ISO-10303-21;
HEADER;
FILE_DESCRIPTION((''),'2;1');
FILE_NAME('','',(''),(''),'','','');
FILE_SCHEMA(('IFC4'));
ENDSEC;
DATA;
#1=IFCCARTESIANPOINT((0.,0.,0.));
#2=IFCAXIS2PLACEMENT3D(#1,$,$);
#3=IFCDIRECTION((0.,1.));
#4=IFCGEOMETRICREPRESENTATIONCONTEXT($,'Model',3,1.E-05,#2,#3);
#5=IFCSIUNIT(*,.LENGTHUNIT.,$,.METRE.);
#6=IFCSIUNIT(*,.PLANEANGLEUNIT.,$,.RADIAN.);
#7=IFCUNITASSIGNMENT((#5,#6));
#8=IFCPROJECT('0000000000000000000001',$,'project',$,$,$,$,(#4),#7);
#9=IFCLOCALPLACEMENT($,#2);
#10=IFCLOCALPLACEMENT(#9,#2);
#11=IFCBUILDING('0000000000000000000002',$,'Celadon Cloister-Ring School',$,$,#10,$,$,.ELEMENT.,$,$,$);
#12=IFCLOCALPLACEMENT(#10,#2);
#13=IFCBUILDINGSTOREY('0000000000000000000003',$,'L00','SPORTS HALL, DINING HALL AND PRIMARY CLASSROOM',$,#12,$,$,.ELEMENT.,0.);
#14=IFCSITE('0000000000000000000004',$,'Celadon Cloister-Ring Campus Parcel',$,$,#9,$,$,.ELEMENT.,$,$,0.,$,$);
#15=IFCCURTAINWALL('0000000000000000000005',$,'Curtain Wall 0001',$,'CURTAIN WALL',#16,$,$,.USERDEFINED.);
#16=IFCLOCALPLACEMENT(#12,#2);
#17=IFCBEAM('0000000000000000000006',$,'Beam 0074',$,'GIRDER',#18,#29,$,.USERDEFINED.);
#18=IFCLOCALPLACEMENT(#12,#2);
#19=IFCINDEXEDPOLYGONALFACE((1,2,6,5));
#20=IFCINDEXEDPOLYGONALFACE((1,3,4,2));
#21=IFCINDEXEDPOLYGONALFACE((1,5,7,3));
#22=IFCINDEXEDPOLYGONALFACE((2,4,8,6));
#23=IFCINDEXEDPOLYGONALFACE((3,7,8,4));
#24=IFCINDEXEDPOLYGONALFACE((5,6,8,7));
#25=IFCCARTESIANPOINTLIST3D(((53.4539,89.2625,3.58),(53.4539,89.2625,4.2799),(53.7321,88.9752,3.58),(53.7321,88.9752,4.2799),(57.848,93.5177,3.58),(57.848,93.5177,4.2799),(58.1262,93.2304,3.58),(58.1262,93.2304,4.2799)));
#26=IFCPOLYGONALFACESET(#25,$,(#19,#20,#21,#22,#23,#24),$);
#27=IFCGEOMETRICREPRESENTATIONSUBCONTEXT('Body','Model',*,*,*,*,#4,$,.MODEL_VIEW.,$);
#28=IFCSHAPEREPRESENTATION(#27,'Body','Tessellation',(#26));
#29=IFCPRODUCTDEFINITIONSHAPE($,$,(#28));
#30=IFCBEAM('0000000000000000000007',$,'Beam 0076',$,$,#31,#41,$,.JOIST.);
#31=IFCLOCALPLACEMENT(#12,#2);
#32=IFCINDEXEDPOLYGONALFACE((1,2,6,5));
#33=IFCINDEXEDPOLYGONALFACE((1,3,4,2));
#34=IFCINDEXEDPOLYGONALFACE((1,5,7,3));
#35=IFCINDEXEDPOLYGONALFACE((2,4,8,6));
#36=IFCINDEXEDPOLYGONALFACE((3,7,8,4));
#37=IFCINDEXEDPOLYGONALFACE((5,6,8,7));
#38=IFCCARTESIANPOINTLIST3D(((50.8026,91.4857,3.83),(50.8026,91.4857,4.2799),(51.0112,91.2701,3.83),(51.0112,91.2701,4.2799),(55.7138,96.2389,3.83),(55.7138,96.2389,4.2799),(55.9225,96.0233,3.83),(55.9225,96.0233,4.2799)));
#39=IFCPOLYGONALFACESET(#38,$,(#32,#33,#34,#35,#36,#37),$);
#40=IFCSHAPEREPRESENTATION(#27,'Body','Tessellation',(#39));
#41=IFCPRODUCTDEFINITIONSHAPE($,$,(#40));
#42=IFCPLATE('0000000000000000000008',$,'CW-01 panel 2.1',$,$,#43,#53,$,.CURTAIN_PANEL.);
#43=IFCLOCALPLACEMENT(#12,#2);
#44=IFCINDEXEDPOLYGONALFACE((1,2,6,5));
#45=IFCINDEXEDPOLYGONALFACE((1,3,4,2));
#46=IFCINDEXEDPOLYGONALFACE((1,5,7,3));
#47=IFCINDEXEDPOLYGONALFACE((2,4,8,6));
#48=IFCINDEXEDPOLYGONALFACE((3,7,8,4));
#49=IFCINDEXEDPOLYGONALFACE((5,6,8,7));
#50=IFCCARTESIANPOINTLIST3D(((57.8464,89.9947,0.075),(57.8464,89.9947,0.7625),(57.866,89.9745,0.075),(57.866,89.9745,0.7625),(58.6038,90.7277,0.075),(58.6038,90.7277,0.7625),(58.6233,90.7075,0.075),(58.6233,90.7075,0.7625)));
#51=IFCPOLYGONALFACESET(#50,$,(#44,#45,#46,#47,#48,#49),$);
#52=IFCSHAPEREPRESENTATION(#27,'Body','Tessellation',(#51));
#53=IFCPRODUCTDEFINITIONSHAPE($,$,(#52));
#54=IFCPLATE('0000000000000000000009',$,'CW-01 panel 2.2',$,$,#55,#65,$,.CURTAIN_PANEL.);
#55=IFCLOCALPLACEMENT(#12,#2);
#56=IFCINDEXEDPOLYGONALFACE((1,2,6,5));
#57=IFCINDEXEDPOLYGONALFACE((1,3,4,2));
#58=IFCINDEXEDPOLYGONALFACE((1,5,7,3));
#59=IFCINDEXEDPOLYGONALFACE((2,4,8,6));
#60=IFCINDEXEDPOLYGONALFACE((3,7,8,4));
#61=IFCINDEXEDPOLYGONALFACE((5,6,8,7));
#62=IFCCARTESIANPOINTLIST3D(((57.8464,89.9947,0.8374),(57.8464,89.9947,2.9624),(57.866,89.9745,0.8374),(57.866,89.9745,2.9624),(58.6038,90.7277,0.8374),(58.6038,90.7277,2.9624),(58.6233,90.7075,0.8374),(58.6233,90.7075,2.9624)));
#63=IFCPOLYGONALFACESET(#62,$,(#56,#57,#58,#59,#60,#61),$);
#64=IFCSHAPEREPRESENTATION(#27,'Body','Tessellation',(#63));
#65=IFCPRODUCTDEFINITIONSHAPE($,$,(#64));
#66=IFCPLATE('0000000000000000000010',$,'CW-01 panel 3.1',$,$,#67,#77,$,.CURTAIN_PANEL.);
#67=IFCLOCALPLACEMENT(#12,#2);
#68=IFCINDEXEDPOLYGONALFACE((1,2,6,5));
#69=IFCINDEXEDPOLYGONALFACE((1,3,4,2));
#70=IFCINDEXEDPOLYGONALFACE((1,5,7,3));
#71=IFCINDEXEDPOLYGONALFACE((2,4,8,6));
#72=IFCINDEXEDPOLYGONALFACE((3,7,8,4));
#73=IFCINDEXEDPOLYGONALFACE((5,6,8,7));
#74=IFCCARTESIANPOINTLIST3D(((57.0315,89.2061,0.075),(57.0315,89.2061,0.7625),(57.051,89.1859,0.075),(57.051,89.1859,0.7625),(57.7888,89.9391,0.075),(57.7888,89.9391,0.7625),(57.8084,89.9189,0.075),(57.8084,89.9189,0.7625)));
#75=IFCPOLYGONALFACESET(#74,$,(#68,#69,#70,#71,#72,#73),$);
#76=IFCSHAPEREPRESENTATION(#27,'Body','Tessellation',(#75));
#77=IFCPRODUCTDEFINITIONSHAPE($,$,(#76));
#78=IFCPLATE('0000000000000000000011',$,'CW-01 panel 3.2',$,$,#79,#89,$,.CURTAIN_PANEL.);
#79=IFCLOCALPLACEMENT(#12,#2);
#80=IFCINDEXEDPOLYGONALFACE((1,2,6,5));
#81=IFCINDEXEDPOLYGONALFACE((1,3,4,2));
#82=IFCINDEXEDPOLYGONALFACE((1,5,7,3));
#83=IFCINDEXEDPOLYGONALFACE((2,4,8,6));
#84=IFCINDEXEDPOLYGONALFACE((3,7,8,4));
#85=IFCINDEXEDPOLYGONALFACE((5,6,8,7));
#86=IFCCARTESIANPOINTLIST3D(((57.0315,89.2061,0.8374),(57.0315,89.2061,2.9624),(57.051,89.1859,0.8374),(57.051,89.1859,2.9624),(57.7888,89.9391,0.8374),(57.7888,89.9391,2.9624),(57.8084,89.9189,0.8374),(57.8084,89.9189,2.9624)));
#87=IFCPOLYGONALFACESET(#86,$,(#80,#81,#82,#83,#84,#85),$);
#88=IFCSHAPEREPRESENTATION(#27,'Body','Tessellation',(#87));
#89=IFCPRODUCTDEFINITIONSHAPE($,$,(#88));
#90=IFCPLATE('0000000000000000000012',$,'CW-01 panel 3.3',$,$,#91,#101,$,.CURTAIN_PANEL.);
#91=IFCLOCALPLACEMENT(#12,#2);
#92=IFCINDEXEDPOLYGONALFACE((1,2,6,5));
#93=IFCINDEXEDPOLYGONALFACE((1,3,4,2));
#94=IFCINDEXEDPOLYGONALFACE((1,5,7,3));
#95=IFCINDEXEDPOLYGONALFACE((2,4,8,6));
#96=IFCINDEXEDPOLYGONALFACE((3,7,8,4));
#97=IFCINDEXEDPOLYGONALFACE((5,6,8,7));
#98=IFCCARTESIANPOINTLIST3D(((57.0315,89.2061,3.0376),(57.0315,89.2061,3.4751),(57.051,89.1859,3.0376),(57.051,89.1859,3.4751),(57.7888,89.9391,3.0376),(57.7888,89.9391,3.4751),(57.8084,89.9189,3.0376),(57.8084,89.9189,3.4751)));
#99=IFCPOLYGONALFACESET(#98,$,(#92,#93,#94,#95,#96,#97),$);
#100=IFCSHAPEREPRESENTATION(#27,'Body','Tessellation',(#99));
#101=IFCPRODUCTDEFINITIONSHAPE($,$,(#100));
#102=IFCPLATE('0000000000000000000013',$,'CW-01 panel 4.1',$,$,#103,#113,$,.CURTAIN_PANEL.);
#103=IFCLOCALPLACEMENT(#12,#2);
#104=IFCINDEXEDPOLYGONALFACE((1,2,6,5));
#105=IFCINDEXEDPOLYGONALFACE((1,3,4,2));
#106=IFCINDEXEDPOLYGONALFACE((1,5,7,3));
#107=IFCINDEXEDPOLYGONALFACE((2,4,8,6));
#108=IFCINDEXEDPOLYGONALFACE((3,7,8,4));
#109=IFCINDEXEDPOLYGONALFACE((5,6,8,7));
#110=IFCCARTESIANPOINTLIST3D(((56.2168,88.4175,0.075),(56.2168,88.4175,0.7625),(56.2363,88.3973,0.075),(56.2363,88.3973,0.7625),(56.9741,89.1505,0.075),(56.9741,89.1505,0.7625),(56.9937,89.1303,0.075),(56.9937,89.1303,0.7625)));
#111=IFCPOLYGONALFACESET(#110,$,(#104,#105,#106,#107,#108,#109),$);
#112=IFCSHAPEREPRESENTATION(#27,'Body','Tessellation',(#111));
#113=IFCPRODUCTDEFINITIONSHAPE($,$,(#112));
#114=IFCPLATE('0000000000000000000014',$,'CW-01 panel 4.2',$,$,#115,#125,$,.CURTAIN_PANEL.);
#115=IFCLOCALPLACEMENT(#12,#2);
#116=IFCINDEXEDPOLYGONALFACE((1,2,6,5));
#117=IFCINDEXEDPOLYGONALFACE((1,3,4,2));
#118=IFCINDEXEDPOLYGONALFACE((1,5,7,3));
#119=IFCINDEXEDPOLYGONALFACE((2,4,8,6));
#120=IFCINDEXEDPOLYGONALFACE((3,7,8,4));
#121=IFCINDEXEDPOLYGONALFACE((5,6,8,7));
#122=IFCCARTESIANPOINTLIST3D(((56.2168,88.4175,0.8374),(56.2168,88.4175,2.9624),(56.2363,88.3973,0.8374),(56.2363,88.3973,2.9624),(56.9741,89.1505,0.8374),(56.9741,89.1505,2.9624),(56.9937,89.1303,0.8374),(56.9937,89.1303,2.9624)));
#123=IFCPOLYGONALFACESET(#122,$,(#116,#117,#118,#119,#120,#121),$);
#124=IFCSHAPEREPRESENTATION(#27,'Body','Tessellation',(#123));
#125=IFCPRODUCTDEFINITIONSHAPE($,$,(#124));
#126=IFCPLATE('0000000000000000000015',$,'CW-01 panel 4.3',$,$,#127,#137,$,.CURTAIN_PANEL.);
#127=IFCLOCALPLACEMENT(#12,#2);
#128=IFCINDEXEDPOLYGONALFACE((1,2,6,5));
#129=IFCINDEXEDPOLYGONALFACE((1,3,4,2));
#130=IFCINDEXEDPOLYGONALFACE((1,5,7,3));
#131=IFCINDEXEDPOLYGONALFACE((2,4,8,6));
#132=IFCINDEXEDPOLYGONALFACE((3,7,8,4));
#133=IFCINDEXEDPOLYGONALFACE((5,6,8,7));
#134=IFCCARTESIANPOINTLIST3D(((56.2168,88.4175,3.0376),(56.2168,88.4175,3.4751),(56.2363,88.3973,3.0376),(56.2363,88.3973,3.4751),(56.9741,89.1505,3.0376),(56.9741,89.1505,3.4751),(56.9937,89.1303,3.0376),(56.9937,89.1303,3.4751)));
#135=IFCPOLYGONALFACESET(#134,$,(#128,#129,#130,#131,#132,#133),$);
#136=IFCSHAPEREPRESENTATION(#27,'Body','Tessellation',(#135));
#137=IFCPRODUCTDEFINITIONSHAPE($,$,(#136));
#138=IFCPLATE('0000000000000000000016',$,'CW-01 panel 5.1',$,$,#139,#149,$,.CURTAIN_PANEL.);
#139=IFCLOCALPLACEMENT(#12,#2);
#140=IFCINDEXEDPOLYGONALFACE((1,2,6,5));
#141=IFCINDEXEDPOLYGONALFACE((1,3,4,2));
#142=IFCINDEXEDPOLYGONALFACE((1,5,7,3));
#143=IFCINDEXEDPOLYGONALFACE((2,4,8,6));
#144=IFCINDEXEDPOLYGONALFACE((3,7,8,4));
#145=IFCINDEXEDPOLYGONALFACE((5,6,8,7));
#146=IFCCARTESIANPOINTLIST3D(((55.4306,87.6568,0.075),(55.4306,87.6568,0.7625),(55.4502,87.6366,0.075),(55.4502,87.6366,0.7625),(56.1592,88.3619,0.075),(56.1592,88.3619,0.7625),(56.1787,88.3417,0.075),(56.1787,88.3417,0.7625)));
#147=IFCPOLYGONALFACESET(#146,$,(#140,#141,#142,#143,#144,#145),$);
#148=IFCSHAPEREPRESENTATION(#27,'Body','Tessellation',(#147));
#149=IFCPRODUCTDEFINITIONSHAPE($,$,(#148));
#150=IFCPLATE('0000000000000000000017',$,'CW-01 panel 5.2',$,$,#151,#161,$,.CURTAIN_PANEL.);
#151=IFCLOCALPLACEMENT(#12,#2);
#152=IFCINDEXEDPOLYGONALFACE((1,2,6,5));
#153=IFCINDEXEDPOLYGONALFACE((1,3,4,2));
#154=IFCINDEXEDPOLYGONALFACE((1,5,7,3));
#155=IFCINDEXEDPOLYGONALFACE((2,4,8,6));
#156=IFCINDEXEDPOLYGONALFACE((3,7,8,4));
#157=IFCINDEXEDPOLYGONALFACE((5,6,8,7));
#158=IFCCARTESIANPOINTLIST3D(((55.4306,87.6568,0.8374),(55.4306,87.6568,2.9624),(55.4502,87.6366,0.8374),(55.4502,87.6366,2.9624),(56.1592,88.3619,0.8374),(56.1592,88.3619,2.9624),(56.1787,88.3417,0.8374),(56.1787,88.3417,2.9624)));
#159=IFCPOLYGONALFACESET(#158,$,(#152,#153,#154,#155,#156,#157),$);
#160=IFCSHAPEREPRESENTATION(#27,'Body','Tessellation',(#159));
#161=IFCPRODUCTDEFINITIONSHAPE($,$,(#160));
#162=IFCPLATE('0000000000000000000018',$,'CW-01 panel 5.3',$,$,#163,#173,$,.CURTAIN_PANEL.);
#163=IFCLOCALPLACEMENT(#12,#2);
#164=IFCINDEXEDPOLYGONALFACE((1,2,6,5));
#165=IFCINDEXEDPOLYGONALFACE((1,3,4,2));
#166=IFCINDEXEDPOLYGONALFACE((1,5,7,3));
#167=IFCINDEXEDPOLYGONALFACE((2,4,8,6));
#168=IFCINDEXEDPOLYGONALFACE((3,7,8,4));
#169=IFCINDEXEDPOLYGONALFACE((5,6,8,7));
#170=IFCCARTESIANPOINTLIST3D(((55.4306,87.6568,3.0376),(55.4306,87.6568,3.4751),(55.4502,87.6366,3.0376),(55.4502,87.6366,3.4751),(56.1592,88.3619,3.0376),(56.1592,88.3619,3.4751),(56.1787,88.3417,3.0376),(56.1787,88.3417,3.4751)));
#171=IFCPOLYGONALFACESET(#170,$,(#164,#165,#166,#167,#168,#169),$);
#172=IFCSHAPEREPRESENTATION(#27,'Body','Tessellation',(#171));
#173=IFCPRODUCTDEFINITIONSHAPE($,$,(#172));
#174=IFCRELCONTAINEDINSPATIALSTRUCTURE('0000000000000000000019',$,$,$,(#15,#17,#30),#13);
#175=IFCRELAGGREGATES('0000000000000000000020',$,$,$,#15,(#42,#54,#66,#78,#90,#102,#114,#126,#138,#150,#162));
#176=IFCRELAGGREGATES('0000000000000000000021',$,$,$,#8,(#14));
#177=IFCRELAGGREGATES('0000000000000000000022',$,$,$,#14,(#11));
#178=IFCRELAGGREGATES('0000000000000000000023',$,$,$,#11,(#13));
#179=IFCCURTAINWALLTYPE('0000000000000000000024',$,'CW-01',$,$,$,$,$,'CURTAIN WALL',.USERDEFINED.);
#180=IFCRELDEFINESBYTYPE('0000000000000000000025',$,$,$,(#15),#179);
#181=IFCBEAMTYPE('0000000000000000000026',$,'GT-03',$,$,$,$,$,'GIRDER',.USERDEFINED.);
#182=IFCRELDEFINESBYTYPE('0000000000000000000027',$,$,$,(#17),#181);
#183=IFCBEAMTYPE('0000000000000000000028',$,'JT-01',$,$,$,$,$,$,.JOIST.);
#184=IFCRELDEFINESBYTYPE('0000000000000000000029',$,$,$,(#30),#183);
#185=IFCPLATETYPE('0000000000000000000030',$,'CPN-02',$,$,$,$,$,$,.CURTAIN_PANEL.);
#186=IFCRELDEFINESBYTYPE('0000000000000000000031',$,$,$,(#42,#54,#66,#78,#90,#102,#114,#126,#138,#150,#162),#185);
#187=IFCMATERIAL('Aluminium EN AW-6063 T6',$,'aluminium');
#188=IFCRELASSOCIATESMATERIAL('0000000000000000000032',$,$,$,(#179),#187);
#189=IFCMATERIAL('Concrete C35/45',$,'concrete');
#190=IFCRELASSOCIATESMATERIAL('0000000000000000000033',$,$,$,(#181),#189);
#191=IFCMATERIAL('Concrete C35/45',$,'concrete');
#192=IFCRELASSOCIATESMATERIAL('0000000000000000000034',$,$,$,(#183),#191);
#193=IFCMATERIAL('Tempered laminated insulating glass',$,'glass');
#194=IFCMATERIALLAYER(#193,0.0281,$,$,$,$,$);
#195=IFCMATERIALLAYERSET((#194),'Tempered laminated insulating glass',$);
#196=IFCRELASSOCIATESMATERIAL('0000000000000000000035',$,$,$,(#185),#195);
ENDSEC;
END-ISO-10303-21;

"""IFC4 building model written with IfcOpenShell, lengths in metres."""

from ifc_helpers import new_model, si_unit, direction, frame, origin, origin_2d, place, context, subcontext, project, spatial, rectangle, extrude, material, layer, layer_set, material_profile, profile_set, type_object, element, aggregate, save


model = new_model("IFC4")

# Units and contexts
model_context = context("Model", 3, precision=1e-05, world=origin(), true_north=direction((0.0, 1.0)))
body_context = subcontext(model_context, "Body", "Model", "MODEL_VIEW")
ifc_project = project(units=[si_unit("LENGTHUNIT", "METRE"), si_unit("PLANEANGLEUNIT", "RADIAN")], contexts=[model_context])

# Site, building, storey
site_placement = place(None, origin())
site = spatial("IfcSite", under=ifc_project, at=site_placement, Name="Celadon Cloister-Ring Campus Parcel", CompositionType="ELEMENT", RefElevation=0.0)
building_placement = place(site_placement, origin())
building = spatial("IfcBuilding", under=site, at=building_placement, Name="Celadon Cloister-Ring School", CompositionType="ELEMENT")
storey_placement = place(building_placement, origin())
storey = spatial("IfcBuildingStorey", under=building, at=storey_placement, Name="L00", Description="SPORTS HALL, DINING HALL AND PRIMARY CLASSROOM", CompositionType="ELEMENT", Elevation=0.0)

# Curtain wall
ifc_material_1 = material(Name="Aluminium EN AW-6063 T6", Category="aluminium")
curtain_wall_type = type_object("IfcCurtainWallType", Name="CW-01", ElementType="CURTAIN WALL", PredefinedType="USERDEFINED", material=ifc_material_1)
curtain_wall_placement = place(storey_placement, origin())
curtain_wall = element("IfcCurtainWall", 1, at=curtain_wall_placement, inside=storey, type_object=curtain_wall_type, Name="Curtain Wall 0001", ObjectType="CURTAIN WALL", PredefinedType="USERDEFINED")

# Beams
ifc_material_2 = material(Name="Concrete C35/45", Category="concrete")
ifc_material_profile_1 = material_profile(ifc_material_2, rectangle(XDim=0.3999, YDim=0.7, at=origin_2d()), Name="RC400X700")
ifc_profile_set_1 = profile_set([ifc_material_profile_1], Name="Concrete C35/45")
beam_type_1 = type_object("IfcBeamType", Name="GT-03", ElementType="GIRDER", PredefinedType="USERDEFINED", material=ifc_profile_set_1)
beam_1_placement = place(storey_placement, frame((57.9871, 93.374, 3.9299), z_axis=(-0.718371, -0.69566, 0.0), x_axis=(0.69566, -0.718371, 0.0)))
element("IfcBeam", 2, at=beam_1_placement, inside=storey, type_object=beam_type_1, Name="Beam 0074", ObjectType="GIRDER", PredefinedType="USERDEFINED", context=body_context, shape_type="SweptSolid", body=[
    extrude(rectangle(XDim=0.3999, YDim=0.7, at=origin_2d()), origin(), (0.0, 0.0, 1.0), 6.1167),
])
ifc_material_3 = material(Name="Concrete C35/45", Category="concrete")
ifc_material_profile_2 = material_profile(ifc_material_3, rectangle(XDim=0.3, YDim=0.45, at=origin_2d()), Name="RC300X450")
ifc_profile_set_2 = profile_set([ifc_material_profile_2], Name="Concrete C35/45")
beam_type_2 = type_object("IfcBeamType", Name="JT-01", PredefinedType="JOIST", material=ifc_profile_set_2)
beam_2_placement = place(storey_placement, frame((55.8181, 96.1311, 4.0549), z_axis=(-0.718568, -0.695457, 0.0), x_axis=(0.695457, -0.718568, 0.0)))
element("IfcBeam", 3, at=beam_2_placement, inside=storey, type_object=beam_type_2, Name="Beam 0076", PredefinedType="JOIST", context=body_context, shape_type="SweptSolid", body=[
    extrude(rectangle(XDim=0.3, YDim=0.45, at=origin_2d()), origin(), (0.0, 0.0, 1.0), 6.8347),
])

# Plates
ifc_material_4 = material(Name="Tempered laminated insulating glass", Category="glass")
ifc_layer_1 = layer(ifc_material_4, 0.0281)
ifc_layer_set_1 = layer_set([ifc_layer_1], Name="Tempered laminated insulating glass")
plate_type = type_object("IfcPlateType", Name="CPN-02", PredefinedType="CURTAIN_PANEL", material=ifc_layer_set_1)
plate_1_placement = place(storey_placement, frame((58.2349, 90.3511, 0.075), z_axis=(0.0, 0.0, 1.0), x_axis=(-0.718565, -0.69546, 0.0)))
plate_1 = element("IfcPlate", 4, at=plate_1_placement, type_object=plate_type, Name="CW-01 panel 2.1", PredefinedType="CURTAIN_PANEL", context=body_context, shape_type="SweptSolid", body=[
    extrude(rectangle(XDim=1.054, YDim=0.0281, at=origin_2d()), origin(), (0.0, 0.0, 1.0), 0.6875),
])
plate_2_placement = place(storey_placement, frame((58.2349, 90.3511, 0.8374), z_axis=(0.0, 0.0, 1.0), x_axis=(-0.718565, -0.69546, 0.0)))
plate_2 = element("IfcPlate", 5, at=plate_2_placement, type_object=plate_type, Name="CW-01 panel 2.2", PredefinedType="CURTAIN_PANEL", context=body_context, shape_type="SweptSolid", body=[
    extrude(rectangle(XDim=1.054, YDim=0.0281, at=origin_2d()), origin(), (0.0, 0.0, 1.0), 2.125),
])
plate_3_placement = place(storey_placement, frame((57.4199, 89.5625, 0.075), z_axis=(0.0, 0.0, 1.0), x_axis=(-0.718565, -0.69546, 0.0)))
plate_3 = element("IfcPlate", 6, at=plate_3_placement, type_object=plate_type, Name="CW-01 panel 3.1", PredefinedType="CURTAIN_PANEL", context=body_context, shape_type="SweptSolid", body=[
    extrude(rectangle(XDim=1.054, YDim=0.0281, at=origin_2d()), origin(), (0.0, 0.0, 1.0), 0.6875),
])
plate_4_placement = place(storey_placement, frame((57.4199, 89.5625, 0.8374), z_axis=(0.0, 0.0, 1.0), x_axis=(-0.718565, -0.69546, 0.0)))
plate_4 = element("IfcPlate", 7, at=plate_4_placement, type_object=plate_type, Name="CW-01 panel 3.2", PredefinedType="CURTAIN_PANEL", context=body_context, shape_type="SweptSolid", body=[
    extrude(rectangle(XDim=1.054, YDim=0.0281, at=origin_2d()), origin(), (0.0, 0.0, 1.0), 2.125),
])
plate_5_placement = place(storey_placement, frame((57.4199, 89.5625, 3.0376), z_axis=(0.0, 0.0, 1.0), x_axis=(-0.718565, -0.69546, 0.0)))
plate_5 = element("IfcPlate", 8, at=plate_5_placement, type_object=plate_type, Name="CW-01 panel 3.3", PredefinedType="CURTAIN_PANEL", context=body_context, shape_type="SweptSolid", body=[
    extrude(rectangle(XDim=1.054, YDim=0.0281, at=origin_2d()), origin(), (0.0, 0.0, 1.0), 0.4375),
])
plate_6_placement = place(storey_placement, frame((56.6052, 88.7739, 0.075), z_axis=(0.0, 0.0, 1.0), x_axis=(-0.718565, -0.69546, 0.0)))
plate_6 = element("IfcPlate", 9, at=plate_6_placement, type_object=plate_type, Name="CW-01 panel 4.1", PredefinedType="CURTAIN_PANEL", context=body_context, shape_type="SweptSolid", body=[
    extrude(rectangle(XDim=1.054, YDim=0.0281, at=origin_2d()), origin(), (0.0, 0.0, 1.0), 0.6875),
])
plate_7_placement = place(storey_placement, frame((56.6052, 88.7739, 0.8374), z_axis=(0.0, 0.0, 1.0), x_axis=(-0.718565, -0.69546, 0.0)))
plate_7 = element("IfcPlate", 10, at=plate_7_placement, type_object=plate_type, Name="CW-01 panel 4.2", PredefinedType="CURTAIN_PANEL", context=body_context, shape_type="SweptSolid", body=[
    extrude(rectangle(XDim=1.054, YDim=0.0281, at=origin_2d()), origin(), (0.0, 0.0, 1.0), 2.125),
])
plate_8_placement = place(storey_placement, frame((56.6052, 88.7739, 3.0376), z_axis=(0.0, 0.0, 1.0), x_axis=(-0.718565, -0.69546, 0.0)))
plate_8 = element("IfcPlate", 11, at=plate_8_placement, type_object=plate_type, Name="CW-01 panel 4.3", PredefinedType="CURTAIN_PANEL", context=body_context, shape_type="SweptSolid", body=[
    extrude(rectangle(XDim=1.054, YDim=0.0281, at=origin_2d()), origin(), (0.0, 0.0, 1.0), 0.4375),
])
plate_9_placement = place(storey_placement, frame((55.8047, 87.9993, 0.075), z_axis=(0.0, 0.0, 1.0), x_axis=(-0.718565, -0.69546, 0.0)))
plate_9 = element("IfcPlate", 12, at=plate_9_placement, type_object=plate_type, Name="CW-01 panel 5.1", PredefinedType="CURTAIN_PANEL", context=body_context, shape_type="SweptSolid", body=[
    extrude(rectangle(XDim=1.0139, YDim=0.0281, at=origin_2d()), origin(), (0.0, 0.0, 1.0), 0.6875),
])
plate_10_placement = place(storey_placement, frame((55.8047, 87.9993, 0.8374), z_axis=(0.0, 0.0, 1.0), x_axis=(-0.718565, -0.69546, 0.0)))
plate_10 = element("IfcPlate", 13, at=plate_10_placement, type_object=plate_type, Name="CW-01 panel 5.2", PredefinedType="CURTAIN_PANEL", context=body_context, shape_type="SweptSolid", body=[
    extrude(rectangle(XDim=1.0139, YDim=0.0281, at=origin_2d()), origin(), (0.0, 0.0, 1.0), 2.125),
])
plate_11_placement = place(storey_placement, frame((55.8047, 87.9993, 3.0376), z_axis=(0.0, 0.0, 1.0), x_axis=(-0.718565, -0.69546, 0.0)))
plate_11 = element("IfcPlate", 14, at=plate_11_placement, type_object=plate_type, Name="CW-01 panel 5.3", PredefinedType="CURTAIN_PANEL", context=body_context, shape_type="SweptSolid", body=[
    extrude(rectangle(XDim=1.0139, YDim=0.0281, at=origin_2d()), origin(), (0.0, 0.0, 1.0), 0.4375),
])
aggregate(curtain_wall, [plate_1, plate_2, plate_3, plate_4, plate_5, plate_6, plate_7, plate_8, plate_9, plate_10, plate_11])

save(model, "model.ifc")
